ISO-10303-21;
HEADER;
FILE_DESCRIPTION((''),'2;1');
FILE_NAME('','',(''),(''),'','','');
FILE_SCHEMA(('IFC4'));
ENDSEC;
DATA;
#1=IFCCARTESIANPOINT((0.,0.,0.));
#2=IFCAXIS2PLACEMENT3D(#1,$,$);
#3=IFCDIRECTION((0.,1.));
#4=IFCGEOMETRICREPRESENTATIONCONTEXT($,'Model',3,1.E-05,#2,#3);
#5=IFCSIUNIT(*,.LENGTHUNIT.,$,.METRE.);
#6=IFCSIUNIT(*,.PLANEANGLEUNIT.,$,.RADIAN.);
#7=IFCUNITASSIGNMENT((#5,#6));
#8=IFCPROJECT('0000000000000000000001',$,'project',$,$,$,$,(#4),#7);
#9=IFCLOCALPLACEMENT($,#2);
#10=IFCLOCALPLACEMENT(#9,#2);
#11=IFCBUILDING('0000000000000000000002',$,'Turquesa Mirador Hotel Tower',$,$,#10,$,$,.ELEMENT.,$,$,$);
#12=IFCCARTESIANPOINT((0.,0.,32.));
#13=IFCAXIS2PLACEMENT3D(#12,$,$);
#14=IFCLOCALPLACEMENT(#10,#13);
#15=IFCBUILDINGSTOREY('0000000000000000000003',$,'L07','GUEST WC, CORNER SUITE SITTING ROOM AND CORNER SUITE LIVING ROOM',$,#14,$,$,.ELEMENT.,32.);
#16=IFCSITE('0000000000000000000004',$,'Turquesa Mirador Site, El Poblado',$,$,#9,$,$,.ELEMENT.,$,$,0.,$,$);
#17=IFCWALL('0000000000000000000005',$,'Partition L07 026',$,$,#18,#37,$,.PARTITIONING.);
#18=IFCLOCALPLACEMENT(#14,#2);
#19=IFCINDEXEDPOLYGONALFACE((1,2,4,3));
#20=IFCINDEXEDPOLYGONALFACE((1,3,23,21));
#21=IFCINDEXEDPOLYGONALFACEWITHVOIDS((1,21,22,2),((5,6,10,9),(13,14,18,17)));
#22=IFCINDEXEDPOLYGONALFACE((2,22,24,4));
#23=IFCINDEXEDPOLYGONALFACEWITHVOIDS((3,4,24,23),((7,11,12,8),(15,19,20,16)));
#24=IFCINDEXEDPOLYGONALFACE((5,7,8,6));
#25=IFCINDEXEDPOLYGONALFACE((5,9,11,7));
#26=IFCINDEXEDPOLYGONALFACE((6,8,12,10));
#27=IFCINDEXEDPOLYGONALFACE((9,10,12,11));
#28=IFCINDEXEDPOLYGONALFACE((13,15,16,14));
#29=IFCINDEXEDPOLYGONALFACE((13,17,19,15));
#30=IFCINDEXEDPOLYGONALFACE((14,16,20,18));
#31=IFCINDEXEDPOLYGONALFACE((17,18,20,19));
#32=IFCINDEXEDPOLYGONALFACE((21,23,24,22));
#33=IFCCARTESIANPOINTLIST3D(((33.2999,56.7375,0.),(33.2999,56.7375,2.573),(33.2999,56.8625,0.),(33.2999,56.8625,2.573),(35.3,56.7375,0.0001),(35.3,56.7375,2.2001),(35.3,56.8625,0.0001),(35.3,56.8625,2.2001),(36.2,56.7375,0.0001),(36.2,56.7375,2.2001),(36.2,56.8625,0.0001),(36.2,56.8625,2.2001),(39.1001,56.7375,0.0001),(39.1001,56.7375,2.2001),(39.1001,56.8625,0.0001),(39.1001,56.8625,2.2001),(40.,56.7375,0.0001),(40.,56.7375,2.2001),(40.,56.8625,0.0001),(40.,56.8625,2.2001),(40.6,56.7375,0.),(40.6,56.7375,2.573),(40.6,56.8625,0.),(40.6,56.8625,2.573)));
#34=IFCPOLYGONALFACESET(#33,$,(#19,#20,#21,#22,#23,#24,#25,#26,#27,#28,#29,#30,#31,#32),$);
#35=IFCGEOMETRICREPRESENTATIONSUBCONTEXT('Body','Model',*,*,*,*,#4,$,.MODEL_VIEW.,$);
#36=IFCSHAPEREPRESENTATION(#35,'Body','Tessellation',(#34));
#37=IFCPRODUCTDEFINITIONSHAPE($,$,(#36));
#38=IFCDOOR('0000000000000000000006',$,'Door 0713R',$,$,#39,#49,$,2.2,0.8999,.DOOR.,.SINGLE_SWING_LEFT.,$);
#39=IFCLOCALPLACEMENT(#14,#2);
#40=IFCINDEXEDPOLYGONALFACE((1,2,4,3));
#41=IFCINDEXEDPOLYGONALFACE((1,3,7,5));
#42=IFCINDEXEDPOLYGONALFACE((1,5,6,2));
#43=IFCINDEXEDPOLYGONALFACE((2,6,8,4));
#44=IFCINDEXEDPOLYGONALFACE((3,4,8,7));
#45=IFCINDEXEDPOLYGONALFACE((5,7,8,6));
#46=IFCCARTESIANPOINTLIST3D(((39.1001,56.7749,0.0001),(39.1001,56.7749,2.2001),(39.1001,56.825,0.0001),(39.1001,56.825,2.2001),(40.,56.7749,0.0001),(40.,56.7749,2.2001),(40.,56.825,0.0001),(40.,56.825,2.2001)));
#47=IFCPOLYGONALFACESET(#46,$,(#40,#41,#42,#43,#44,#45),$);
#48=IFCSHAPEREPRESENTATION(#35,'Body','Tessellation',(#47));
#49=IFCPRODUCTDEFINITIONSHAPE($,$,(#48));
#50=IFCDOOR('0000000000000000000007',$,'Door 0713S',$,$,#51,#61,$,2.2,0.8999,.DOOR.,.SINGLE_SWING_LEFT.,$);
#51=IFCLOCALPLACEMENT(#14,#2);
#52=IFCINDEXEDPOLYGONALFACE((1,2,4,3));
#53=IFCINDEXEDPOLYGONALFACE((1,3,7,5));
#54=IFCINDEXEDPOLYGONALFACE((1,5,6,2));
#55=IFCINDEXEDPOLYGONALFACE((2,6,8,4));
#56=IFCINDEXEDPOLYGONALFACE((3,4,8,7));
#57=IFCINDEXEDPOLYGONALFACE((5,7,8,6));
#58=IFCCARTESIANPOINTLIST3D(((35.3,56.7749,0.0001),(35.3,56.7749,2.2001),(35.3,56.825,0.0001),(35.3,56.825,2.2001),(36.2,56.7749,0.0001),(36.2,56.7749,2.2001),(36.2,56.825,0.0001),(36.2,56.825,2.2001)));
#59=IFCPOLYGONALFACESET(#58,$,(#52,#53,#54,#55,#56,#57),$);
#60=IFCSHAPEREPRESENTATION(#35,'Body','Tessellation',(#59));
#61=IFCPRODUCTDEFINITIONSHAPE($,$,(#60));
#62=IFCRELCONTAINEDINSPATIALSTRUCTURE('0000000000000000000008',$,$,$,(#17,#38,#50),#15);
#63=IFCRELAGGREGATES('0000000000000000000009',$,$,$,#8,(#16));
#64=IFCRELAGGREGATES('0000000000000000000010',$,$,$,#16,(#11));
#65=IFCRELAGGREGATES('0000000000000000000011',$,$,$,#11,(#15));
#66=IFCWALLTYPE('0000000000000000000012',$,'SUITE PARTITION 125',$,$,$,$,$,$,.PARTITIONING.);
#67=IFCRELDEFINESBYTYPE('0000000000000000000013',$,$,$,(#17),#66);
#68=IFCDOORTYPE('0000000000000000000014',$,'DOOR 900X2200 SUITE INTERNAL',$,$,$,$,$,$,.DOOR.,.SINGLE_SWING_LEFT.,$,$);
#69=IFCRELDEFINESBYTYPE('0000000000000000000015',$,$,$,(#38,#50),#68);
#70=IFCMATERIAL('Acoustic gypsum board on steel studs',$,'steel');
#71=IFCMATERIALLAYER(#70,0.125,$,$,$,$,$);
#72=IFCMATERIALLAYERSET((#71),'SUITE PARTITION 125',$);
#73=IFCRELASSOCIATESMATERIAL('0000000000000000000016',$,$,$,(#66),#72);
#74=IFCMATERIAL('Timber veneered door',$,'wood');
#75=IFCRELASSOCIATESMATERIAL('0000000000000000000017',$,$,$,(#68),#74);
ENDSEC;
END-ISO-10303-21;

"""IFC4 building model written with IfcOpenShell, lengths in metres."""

from ifc_helpers import new_model, si_unit, direction, frame, frame_2d, origin, place, context, subcontext, project, spatial, rectangle, extrude, material, layer, layer_set, type_object, element, fill, save


model = new_model("IFC4")

# Units and contexts
model_context = context("Model", 3, precision=1e-05, world=origin(), true_north=direction((0.0, 1.0)))
body_context = subcontext(model_context, "Body", "Model", "MODEL_VIEW")
ifc_project = project(units=[si_unit("LENGTHUNIT", "METRE"), si_unit("PLANEANGLEUNIT", "RADIAN")], contexts=[model_context])

# Site, building, storey
site_placement = place(None, origin())
site = spatial("IfcSite", under=ifc_project, at=site_placement, Name="Turquesa Mirador Site, El Poblado", CompositionType="ELEMENT", RefElevation=0.0)
building_placement = place(site_placement, origin())
building = spatial("IfcBuilding", under=site, at=building_placement, Name="Turquesa Mirador Hotel Tower", CompositionType="ELEMENT")
storey_placement = place(building_placement, frame((0.0, 0.0, 32.0)))
storey = spatial("IfcBuildingStorey", under=building, at=storey_placement, Name="L07", Description="GUEST WC, CORNER SUITE SITTING ROOM AND CORNER SUITE LIVING ROOM", CompositionType="ELEMENT", Elevation=32.0)

# Shared definitions
ifc_material_1 = material(Name="Acoustic gypsum board on steel studs", Category="steel")
ifc_layer_1 = layer(ifc_material_1, 0.125)
ifc_layer_set_1 = layer_set([ifc_layer_1], Name="SUITE PARTITION 125")
wall_type_1 = type_object("IfcWallType", Name="SUITE PARTITION 125", PredefinedType="PARTITIONING", material=ifc_layer_set_1)

# Wall, openings, doors
wall_1_placement = place(storey_placement, frame((33.3, 56.8, 0.0), z_axis=(0.0, 0.0, 1.0), x_axis=(1.0, 0.0, 0.0)))
wall_1 = element("IfcWall", 1, at=wall_1_placement, inside=storey, type_object=wall_type_1, Name="Partition L07 026", PredefinedType="PARTITIONING", context=body_context, shape_type="SweptSolid", body=[
    extrude(rectangle(XDim=7.3, YDim=0.125, at=frame_2d((3.6499, 0.0))), origin(), (0.0, 0.0, 1.0), 2.573),
])
opening_1_placement = place(wall_1_placement, frame((5.8, 0.0, 0.0)))
opening_1 = element("IfcOpeningElement", 2, at=opening_1_placement, cuts=wall_1, PredefinedType="OPENING", context=body_context, shape_type="SweptSolid", body=[
    extrude(rectangle(XDim=0.8999, YDim=2.2, at=frame_2d((0.45, 1.1001))), frame((0.0, 0.0725, 0.0), z_axis=(0.0, -1.0, 0.0), x_axis=(1.0, 0.0, 0.0)), (0.0, 0.0, 1.0), 0.145),
])
opening_2_placement = place(wall_1_placement, frame((2.0, 0.0, 0.0)))
opening_2 = element("IfcOpeningElement", 3, at=opening_2_placement, cuts=wall_1, PredefinedType="OPENING", context=body_context, shape_type="SweptSolid", body=[
    extrude(rectangle(XDim=0.8999, YDim=2.2, at=frame_2d((0.45, 1.1001))), frame((0.0, 0.0725, 0.0), z_axis=(0.0, -1.0, 0.0), x_axis=(1.0, 0.0, 0.0)), (0.0, 0.0, 1.0), 0.145),
])
ifc_material_2 = material(Name="Timber veneered door", Category="wood")
door_type_1 = type_object("IfcDoorType", Name="DOOR 900X2200 SUITE INTERNAL", OperationType="SINGLE_SWING_LEFT", PredefinedType="DOOR", material=ifc_material_2)
door_1_placement = place(opening_1_placement, origin())
door_1 = element("IfcDoor", 4, at=door_1_placement, inside=storey, type_object=door_type_1, Name="Door 0713R", OperationType="SINGLE_SWING_LEFT", OverallHeight=2.2, OverallWidth=0.8999, PredefinedType="DOOR", context=body_context, shape_type="SweptSolid", body=[
    extrude(rectangle(XDim=0.8999, YDim=2.2, at=frame_2d((0.45, 1.1001))), frame((0.0, 0.0249, 0.0), z_axis=(0.0, -1.0, 0.0), x_axis=(1.0, 0.0, 0.0)), (0.0, 0.0, 1.0), 0.05),
])
fill(opening_1, door_1)
door_2_placement = place(opening_2_placement, origin())
door_2 = element("IfcDoor", 5, at=door_2_placement, inside=storey, type_object=door_type_1, Name="Door 0713S", OperationType="SINGLE_SWING_LEFT", OverallHeight=2.2, OverallWidth=0.8999, PredefinedType="DOOR", context=body_context, shape_type="SweptSolid", body=[
    extrude(rectangle(XDim=0.8999, YDim=2.2, at=frame_2d((0.45, 1.1001))), frame((0.0, 0.0249, 0.0), z_axis=(0.0, -1.0, 0.0), x_axis=(1.0, 0.0, 0.0)), (0.0, 0.0, 1.0), 0.05),
])
fill(opening_2, door_2)

save(model, "model.ifc")
